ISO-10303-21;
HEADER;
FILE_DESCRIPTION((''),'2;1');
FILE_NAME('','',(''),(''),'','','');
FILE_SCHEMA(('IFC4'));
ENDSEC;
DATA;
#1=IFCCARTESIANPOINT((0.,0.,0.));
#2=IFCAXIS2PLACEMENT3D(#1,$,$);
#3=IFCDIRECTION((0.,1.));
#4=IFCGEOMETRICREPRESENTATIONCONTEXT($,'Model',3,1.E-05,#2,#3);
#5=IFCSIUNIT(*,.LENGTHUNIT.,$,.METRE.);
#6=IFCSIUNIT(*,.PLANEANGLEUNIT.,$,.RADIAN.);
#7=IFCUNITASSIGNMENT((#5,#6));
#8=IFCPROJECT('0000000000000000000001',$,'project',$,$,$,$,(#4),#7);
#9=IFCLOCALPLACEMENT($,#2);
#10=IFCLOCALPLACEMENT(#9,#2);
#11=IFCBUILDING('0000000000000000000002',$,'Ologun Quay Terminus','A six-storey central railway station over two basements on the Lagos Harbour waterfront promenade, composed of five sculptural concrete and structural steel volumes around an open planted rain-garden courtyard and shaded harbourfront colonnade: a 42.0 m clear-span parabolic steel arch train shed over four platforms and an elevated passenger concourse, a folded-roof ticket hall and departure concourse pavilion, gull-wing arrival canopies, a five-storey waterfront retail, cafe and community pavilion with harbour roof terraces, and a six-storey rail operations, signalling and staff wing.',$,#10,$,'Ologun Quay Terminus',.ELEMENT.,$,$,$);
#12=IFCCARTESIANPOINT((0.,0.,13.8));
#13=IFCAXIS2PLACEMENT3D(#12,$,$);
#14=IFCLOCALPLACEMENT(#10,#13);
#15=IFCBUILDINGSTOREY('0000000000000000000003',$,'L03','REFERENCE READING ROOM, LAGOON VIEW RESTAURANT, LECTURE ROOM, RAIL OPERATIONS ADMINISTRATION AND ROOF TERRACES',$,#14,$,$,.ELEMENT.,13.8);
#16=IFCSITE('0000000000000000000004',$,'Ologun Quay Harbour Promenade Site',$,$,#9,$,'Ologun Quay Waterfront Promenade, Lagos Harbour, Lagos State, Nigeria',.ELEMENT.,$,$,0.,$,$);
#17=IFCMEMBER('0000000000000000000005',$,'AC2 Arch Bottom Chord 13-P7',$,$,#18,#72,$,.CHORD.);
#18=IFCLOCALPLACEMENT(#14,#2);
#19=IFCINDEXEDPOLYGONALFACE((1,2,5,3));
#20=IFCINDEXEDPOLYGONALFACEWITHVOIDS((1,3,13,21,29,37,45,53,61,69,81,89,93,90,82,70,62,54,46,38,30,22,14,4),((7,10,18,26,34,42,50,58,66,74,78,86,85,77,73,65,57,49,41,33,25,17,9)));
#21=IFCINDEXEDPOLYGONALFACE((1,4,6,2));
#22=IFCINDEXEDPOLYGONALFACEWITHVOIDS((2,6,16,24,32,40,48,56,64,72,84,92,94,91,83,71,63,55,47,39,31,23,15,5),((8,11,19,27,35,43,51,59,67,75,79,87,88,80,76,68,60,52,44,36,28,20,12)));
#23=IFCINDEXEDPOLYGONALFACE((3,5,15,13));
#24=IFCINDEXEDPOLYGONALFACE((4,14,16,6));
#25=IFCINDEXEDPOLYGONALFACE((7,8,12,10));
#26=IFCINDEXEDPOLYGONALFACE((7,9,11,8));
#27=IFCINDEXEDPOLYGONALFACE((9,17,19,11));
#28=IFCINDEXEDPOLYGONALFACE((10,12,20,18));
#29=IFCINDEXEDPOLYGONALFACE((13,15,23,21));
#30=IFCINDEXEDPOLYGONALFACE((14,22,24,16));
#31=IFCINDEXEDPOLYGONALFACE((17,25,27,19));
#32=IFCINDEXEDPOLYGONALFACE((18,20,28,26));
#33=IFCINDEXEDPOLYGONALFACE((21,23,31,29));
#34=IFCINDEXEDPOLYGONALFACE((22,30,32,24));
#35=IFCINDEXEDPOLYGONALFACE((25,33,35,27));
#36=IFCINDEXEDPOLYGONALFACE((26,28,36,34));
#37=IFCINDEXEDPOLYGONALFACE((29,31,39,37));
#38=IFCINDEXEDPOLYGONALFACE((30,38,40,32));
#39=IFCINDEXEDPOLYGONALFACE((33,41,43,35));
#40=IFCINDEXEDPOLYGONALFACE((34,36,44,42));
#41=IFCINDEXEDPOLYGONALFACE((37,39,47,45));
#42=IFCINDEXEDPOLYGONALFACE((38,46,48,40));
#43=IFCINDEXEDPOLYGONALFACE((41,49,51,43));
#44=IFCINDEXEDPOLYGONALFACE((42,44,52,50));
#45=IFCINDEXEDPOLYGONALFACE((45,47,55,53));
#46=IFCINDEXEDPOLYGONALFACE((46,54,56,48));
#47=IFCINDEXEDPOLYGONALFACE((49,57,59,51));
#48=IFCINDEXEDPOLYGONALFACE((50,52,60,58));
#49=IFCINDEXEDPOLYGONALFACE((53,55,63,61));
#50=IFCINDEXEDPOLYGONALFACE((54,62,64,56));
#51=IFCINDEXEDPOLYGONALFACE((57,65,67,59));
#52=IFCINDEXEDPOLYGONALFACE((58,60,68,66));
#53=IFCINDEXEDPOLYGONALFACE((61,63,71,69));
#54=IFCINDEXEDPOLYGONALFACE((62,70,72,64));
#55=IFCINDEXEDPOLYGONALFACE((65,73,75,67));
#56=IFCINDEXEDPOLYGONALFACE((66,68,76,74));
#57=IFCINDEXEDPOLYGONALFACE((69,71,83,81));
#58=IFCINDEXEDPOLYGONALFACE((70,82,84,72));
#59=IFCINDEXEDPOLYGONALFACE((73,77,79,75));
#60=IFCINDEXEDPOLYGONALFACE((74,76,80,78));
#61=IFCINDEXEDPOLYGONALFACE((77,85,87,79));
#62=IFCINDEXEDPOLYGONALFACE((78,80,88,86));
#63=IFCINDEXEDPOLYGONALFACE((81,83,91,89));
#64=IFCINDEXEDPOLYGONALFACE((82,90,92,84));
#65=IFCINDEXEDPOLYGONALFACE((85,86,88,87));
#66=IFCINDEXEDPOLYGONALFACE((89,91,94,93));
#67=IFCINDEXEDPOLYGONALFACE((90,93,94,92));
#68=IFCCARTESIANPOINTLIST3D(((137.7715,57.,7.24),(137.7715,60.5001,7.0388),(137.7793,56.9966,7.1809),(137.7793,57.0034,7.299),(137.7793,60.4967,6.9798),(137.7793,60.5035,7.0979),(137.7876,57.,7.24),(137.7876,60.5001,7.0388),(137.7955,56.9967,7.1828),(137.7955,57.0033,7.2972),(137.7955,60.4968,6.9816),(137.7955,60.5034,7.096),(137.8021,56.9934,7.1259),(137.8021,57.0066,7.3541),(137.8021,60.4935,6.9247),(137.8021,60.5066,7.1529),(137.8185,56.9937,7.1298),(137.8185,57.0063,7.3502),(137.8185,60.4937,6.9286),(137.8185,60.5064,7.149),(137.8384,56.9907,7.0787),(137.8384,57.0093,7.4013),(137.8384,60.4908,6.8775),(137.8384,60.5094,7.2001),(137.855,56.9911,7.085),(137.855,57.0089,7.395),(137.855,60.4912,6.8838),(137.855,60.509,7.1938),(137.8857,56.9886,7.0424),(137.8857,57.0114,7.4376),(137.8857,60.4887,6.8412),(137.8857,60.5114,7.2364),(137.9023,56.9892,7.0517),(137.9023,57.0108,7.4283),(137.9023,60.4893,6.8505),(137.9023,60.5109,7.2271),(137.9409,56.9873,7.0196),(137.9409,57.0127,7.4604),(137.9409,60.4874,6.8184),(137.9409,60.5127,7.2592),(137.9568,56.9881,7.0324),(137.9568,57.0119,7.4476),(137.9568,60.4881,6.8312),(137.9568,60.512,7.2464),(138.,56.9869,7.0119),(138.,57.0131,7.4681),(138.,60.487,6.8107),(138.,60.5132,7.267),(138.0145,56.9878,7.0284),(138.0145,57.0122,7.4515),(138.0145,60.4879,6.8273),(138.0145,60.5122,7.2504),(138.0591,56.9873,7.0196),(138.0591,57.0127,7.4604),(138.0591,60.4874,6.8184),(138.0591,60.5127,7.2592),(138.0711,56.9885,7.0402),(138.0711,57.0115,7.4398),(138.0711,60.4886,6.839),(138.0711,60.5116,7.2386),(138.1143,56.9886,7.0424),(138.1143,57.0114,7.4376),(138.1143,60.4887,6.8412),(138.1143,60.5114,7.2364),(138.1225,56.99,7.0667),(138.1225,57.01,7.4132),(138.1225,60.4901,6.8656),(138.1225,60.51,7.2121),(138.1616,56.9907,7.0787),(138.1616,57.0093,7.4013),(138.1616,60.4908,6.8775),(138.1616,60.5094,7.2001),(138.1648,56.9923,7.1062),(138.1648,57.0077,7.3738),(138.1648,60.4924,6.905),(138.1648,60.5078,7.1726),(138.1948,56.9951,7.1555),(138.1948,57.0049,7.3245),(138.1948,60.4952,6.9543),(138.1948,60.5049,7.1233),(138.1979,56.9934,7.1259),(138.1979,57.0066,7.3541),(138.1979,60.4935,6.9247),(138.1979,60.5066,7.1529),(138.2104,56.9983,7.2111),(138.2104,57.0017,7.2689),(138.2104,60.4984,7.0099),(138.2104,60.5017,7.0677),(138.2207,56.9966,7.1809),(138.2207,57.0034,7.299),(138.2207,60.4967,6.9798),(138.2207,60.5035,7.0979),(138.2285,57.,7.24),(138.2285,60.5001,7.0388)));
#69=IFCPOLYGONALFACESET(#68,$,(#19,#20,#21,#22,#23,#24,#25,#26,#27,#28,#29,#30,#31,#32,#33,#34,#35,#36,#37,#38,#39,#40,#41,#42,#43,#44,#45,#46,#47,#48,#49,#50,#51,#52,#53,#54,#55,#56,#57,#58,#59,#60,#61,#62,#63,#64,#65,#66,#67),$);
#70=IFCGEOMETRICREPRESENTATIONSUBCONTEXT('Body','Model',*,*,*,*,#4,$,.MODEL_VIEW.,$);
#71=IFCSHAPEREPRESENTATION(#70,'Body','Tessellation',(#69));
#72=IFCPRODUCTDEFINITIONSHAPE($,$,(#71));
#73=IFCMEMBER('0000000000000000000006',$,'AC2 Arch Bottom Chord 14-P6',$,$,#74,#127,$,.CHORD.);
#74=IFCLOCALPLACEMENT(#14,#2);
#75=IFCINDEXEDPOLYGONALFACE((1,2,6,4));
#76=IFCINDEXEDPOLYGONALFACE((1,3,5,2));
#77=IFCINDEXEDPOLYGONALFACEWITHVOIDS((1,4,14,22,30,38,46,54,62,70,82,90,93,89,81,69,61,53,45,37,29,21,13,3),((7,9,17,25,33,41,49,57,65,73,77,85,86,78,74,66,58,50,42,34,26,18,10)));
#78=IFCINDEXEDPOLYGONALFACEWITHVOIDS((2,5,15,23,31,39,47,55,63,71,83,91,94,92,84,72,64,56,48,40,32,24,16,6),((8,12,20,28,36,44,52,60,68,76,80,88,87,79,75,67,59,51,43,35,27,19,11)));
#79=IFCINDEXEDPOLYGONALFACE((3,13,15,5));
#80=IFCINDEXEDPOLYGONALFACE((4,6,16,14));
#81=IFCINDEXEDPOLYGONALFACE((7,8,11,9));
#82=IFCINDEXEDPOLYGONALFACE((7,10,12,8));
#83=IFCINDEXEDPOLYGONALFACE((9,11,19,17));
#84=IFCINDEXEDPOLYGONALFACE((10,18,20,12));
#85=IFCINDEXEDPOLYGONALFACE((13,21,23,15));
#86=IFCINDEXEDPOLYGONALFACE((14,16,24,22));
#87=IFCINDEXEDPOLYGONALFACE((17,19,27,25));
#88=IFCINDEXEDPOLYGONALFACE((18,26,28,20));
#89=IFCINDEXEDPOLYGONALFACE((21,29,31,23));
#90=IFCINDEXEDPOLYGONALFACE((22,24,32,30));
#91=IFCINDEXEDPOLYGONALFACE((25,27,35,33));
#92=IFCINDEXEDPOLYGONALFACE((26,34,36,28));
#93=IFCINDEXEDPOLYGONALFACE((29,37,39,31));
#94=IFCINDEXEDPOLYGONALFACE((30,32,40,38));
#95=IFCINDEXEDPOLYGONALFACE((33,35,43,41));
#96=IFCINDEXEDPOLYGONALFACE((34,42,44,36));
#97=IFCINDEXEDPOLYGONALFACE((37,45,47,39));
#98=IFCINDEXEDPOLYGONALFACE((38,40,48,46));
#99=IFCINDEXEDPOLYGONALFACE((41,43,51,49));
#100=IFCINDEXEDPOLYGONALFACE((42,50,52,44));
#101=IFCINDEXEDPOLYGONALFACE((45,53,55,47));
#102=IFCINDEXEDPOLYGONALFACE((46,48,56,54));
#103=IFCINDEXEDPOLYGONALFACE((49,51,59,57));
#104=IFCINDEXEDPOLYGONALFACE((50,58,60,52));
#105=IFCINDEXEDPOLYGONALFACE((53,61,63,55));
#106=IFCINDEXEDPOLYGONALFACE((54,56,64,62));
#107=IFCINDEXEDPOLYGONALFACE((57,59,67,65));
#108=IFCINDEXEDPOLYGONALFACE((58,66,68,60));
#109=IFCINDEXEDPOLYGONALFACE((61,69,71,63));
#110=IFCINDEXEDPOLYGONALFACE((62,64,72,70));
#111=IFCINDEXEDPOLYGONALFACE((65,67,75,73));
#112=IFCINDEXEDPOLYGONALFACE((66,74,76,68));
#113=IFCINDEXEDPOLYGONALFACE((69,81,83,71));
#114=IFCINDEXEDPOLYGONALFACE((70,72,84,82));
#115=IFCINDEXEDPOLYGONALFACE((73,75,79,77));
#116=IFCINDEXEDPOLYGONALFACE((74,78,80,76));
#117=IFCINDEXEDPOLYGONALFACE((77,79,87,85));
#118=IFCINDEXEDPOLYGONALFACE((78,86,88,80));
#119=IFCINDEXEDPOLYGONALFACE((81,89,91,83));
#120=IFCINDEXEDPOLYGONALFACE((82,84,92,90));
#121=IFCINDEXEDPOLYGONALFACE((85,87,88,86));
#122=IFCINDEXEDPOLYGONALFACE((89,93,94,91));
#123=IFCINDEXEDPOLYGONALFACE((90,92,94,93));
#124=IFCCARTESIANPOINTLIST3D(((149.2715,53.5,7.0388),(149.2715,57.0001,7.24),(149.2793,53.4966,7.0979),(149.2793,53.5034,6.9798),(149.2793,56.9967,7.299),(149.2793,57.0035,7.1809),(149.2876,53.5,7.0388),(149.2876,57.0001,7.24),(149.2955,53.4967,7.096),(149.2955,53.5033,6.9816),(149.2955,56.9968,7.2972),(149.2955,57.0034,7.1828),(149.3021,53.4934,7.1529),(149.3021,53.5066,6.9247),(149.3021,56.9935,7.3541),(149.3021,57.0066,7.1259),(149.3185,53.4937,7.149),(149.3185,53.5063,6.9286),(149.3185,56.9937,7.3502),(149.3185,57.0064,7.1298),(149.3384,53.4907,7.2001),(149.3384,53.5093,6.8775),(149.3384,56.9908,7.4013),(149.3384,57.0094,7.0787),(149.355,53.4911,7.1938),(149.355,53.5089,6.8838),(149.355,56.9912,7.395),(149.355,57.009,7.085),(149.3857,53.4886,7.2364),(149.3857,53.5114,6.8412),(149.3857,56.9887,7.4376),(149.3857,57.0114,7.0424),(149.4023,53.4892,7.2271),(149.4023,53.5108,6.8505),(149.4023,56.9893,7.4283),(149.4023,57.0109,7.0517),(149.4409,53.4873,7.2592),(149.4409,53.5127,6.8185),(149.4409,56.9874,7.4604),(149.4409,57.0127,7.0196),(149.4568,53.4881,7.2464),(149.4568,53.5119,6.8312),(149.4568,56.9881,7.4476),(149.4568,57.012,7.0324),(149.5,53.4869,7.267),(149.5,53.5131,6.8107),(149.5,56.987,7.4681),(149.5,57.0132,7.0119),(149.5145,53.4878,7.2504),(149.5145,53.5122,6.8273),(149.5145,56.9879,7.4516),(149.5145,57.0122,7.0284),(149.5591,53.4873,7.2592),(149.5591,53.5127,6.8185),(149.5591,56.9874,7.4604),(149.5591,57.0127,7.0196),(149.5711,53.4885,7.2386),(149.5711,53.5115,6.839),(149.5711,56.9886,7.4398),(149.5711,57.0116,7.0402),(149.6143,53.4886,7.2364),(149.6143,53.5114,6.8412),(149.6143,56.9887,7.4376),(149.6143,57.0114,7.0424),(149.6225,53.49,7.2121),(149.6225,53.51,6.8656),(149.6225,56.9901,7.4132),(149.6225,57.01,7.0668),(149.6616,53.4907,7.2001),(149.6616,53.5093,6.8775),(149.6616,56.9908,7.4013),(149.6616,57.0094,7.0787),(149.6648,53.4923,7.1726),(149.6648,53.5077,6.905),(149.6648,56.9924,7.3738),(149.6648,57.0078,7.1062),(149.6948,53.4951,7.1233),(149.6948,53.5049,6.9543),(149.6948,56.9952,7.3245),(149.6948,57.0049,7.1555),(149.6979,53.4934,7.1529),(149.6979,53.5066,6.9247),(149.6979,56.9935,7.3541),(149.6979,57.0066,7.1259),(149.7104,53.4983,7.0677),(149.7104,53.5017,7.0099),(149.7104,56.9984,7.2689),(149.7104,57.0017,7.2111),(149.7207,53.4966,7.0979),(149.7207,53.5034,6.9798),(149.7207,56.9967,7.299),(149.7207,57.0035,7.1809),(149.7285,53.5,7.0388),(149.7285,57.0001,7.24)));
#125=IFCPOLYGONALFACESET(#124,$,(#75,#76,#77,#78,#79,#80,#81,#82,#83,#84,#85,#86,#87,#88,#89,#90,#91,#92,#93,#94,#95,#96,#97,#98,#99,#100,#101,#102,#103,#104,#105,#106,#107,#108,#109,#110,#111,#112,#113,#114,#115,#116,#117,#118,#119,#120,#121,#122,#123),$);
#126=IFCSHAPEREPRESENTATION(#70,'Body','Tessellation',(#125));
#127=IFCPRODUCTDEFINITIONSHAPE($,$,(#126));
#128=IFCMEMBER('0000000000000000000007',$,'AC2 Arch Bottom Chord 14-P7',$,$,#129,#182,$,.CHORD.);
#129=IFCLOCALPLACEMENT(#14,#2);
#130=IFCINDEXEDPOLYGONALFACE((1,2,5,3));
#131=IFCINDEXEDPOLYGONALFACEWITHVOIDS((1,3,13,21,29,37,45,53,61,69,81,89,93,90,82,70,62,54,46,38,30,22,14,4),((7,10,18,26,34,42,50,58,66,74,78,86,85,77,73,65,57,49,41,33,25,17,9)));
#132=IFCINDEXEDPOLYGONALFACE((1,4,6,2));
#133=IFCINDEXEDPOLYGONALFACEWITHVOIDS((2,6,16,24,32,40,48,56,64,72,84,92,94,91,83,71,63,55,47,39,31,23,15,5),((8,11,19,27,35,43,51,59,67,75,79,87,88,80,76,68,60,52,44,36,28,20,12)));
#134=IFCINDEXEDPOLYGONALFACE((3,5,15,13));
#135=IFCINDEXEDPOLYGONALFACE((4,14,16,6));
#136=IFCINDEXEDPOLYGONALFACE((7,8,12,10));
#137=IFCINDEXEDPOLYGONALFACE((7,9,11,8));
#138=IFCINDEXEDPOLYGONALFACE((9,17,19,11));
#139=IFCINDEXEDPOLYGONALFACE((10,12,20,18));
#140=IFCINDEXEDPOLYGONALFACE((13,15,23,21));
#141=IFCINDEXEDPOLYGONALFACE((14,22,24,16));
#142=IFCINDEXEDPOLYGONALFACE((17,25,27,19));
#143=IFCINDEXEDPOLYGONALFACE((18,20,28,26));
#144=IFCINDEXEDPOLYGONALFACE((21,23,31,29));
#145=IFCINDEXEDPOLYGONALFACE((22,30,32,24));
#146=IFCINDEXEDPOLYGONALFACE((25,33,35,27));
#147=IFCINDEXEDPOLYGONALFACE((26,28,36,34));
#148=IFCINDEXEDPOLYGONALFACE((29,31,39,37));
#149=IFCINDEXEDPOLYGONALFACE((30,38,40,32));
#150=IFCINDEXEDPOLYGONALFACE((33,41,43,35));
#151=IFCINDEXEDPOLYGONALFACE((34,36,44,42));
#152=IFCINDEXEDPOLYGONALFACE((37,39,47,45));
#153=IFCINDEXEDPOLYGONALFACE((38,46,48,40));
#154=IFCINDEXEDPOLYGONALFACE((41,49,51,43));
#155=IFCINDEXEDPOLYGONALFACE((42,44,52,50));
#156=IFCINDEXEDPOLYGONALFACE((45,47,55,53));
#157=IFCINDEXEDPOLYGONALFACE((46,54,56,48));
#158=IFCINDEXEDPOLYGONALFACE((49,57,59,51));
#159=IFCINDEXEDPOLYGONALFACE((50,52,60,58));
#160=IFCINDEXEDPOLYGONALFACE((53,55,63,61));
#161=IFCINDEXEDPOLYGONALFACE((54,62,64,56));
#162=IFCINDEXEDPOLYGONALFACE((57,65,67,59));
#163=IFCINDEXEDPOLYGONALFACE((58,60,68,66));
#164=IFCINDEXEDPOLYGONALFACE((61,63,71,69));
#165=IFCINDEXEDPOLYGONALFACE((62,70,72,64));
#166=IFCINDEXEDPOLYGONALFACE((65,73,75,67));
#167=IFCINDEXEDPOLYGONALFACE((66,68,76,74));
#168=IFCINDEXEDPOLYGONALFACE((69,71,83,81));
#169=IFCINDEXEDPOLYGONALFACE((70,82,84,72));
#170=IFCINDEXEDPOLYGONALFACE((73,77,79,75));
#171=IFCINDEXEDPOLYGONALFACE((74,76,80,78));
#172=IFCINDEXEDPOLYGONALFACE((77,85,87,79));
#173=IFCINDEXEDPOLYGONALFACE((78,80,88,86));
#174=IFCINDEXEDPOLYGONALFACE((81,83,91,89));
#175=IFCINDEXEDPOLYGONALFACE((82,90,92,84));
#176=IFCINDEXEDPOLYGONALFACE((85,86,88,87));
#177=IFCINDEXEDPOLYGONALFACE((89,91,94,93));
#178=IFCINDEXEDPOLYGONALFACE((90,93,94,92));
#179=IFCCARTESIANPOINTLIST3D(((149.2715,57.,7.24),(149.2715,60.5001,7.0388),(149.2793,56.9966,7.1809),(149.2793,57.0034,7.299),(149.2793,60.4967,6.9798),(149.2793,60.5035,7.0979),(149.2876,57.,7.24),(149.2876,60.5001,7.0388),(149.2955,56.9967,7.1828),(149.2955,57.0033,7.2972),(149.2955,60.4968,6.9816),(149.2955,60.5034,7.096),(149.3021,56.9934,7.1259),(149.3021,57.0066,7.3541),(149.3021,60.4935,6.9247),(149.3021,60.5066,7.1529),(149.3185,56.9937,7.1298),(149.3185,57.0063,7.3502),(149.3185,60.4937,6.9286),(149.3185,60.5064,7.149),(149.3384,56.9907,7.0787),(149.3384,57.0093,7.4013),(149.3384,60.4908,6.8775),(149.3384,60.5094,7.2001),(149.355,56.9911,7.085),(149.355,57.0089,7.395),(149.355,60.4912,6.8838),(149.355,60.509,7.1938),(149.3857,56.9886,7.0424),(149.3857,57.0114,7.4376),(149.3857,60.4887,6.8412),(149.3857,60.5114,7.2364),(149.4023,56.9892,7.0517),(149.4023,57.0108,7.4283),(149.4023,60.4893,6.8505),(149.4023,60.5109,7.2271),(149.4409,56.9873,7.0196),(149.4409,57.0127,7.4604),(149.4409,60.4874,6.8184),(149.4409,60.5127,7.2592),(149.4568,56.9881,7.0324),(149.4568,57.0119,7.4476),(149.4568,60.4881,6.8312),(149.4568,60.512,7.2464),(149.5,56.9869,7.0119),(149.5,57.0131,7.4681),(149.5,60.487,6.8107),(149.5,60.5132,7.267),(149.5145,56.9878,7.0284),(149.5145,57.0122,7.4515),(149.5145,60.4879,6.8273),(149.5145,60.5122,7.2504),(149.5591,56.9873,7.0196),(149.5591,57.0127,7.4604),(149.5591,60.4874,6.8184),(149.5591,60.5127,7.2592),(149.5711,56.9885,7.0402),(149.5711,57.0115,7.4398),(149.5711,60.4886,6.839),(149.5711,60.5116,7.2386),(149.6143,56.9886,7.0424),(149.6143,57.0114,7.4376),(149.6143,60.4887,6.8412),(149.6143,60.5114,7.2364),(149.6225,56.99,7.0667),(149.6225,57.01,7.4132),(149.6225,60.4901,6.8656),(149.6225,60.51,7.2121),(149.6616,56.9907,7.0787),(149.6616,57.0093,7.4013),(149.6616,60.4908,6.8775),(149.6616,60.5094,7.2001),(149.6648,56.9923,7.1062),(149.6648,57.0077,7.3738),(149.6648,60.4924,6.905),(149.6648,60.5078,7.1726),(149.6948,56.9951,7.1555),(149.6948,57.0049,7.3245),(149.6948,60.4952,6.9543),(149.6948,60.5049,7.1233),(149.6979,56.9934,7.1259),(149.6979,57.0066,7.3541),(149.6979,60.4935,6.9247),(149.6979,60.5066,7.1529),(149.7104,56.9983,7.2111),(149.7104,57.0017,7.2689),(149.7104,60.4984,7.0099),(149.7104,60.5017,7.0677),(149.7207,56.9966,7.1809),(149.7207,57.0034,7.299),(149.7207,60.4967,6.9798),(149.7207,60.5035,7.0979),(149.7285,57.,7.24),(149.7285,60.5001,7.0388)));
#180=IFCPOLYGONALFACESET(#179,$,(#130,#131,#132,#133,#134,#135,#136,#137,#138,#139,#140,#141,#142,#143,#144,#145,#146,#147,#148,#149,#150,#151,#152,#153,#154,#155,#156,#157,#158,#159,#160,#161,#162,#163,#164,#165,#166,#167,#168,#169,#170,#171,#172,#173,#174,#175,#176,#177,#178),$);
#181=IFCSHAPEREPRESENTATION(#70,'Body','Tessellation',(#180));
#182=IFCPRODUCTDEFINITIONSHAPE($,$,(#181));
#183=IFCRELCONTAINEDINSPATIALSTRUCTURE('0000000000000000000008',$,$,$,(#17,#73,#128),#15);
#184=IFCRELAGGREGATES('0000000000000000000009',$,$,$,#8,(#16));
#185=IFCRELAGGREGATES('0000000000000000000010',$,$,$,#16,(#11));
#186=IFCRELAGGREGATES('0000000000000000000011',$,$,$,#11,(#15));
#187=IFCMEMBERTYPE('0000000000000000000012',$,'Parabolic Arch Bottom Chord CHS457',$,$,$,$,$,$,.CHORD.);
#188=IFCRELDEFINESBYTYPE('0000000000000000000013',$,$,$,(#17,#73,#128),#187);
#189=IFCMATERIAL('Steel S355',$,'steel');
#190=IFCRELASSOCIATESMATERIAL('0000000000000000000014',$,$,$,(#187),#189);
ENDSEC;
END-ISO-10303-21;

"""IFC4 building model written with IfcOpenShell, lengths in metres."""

from ifc_helpers import new_model, si_unit, direction, frame, origin, origin_2d, place, context, subcontext, project, spatial, hollow_circle, extrude, material, material_profile, profile_set, type_object, element, save


model = new_model("IFC4")

# Units and contexts
model_context = context("Model", 3, precision=1e-05, world=origin(), true_north=direction((0.0, 1.0)))
body_context = subcontext(model_context, "Body", "Model", "MODEL_VIEW")
ifc_project = project(units=[si_unit("LENGTHUNIT", "METRE"), si_unit("PLANEANGLEUNIT", "RADIAN")], contexts=[model_context])

# Site, building, storey
site_placement = place(None, origin())
site = spatial("IfcSite", under=ifc_project, at=site_placement, Name="Ologun Quay Harbour Promenade Site", LongName="Ologun Quay Waterfront Promenade, Lagos Harbour, Lagos State, Nigeria", CompositionType="ELEMENT", RefElevation=0.0)
building_placement = place(site_placement, origin())
building = spatial("IfcBuilding", under=site, at=building_placement, Name="Ologun Quay Terminus", Description="A six-storey central railway station over two basements on the Lagos Harbour waterfront promenade, composed of five sculptural concrete and structural steel volumes around an open planted rain-garden courtyard and shaded harbourfront colonnade: a 42.0 m clear-span parabolic steel arch train shed over four platforms and an elevated passenger concourse, a folded-roof ticket hall and departure concourse pavilion, gull-wing arrival canopies, a five-storey waterfront retail, cafe and community pavilion with harbour roof terraces, and a six-storey rail operations, signalling and staff wing.", LongName="Ologun Quay Terminus", CompositionType="ELEMENT")
storey_placement = place(building_placement, frame((0.0, 0.0, 13.8)))
storey = spatial("IfcBuildingStorey", under=building, at=storey_placement, Name="L03", Description="REFERENCE READING ROOM, LAGOON VIEW RESTAURANT, LECTURE ROOM, RAIL OPERATIONS ADMINISTRATION AND ROOF TERRACES", CompositionType="ELEMENT", Elevation=13.8)

# Members
ifc_material_1 = material(Name="Steel S355", Category="steel")
ifc_material_profile_1 = material_profile(ifc_material_1, hollow_circle(Radius=0.2285, WallThickness=0.0161, at=origin_2d()), Name="CHS 457x16")
ifc_profile_set_1 = profile_set([ifc_material_profile_1], Name="Steel S355")
member_type_1 = type_object("IfcMemberType", Name="Parabolic Arch Bottom Chord CHS457", PredefinedType="CHORD", material=ifc_profile_set_1)
for number, where, z_axis, x_axis, name in (
    (1, (138.0, 57.0, 7.24), (0.0, 0.998352, -0.057383), (-1.0, 0.0, 0.0), "AC2 Arch Bottom Chord 13-P7"),
    (2, (149.5, 53.5, 7.0388), (0.0, 0.998352, 0.057383), (-1.0, 0.0, 0.0), "AC2 Arch Bottom Chord 14-P6"),
    (3, (149.5, 57.0, 7.24), (0.0, 0.998352, -0.057383), (-1.0, 0.0, 0.0), "AC2 Arch Bottom Chord 14-P7"),
):
    element("IfcMember", number, at=place(storey_placement, frame(where, z_axis=z_axis, x_axis=x_axis)), inside=storey, type_object=member_type_1, Name=name, PredefinedType="CHORD", context=body_context, shape_type="SweptSolid", body=[
        extrude(hollow_circle(Radius=0.2285, WallThickness=0.0161, at=origin_2d()), origin(), (0.0, 0.0, 1.0), 3.5059),
    ])

save(model, "model.ifc")
